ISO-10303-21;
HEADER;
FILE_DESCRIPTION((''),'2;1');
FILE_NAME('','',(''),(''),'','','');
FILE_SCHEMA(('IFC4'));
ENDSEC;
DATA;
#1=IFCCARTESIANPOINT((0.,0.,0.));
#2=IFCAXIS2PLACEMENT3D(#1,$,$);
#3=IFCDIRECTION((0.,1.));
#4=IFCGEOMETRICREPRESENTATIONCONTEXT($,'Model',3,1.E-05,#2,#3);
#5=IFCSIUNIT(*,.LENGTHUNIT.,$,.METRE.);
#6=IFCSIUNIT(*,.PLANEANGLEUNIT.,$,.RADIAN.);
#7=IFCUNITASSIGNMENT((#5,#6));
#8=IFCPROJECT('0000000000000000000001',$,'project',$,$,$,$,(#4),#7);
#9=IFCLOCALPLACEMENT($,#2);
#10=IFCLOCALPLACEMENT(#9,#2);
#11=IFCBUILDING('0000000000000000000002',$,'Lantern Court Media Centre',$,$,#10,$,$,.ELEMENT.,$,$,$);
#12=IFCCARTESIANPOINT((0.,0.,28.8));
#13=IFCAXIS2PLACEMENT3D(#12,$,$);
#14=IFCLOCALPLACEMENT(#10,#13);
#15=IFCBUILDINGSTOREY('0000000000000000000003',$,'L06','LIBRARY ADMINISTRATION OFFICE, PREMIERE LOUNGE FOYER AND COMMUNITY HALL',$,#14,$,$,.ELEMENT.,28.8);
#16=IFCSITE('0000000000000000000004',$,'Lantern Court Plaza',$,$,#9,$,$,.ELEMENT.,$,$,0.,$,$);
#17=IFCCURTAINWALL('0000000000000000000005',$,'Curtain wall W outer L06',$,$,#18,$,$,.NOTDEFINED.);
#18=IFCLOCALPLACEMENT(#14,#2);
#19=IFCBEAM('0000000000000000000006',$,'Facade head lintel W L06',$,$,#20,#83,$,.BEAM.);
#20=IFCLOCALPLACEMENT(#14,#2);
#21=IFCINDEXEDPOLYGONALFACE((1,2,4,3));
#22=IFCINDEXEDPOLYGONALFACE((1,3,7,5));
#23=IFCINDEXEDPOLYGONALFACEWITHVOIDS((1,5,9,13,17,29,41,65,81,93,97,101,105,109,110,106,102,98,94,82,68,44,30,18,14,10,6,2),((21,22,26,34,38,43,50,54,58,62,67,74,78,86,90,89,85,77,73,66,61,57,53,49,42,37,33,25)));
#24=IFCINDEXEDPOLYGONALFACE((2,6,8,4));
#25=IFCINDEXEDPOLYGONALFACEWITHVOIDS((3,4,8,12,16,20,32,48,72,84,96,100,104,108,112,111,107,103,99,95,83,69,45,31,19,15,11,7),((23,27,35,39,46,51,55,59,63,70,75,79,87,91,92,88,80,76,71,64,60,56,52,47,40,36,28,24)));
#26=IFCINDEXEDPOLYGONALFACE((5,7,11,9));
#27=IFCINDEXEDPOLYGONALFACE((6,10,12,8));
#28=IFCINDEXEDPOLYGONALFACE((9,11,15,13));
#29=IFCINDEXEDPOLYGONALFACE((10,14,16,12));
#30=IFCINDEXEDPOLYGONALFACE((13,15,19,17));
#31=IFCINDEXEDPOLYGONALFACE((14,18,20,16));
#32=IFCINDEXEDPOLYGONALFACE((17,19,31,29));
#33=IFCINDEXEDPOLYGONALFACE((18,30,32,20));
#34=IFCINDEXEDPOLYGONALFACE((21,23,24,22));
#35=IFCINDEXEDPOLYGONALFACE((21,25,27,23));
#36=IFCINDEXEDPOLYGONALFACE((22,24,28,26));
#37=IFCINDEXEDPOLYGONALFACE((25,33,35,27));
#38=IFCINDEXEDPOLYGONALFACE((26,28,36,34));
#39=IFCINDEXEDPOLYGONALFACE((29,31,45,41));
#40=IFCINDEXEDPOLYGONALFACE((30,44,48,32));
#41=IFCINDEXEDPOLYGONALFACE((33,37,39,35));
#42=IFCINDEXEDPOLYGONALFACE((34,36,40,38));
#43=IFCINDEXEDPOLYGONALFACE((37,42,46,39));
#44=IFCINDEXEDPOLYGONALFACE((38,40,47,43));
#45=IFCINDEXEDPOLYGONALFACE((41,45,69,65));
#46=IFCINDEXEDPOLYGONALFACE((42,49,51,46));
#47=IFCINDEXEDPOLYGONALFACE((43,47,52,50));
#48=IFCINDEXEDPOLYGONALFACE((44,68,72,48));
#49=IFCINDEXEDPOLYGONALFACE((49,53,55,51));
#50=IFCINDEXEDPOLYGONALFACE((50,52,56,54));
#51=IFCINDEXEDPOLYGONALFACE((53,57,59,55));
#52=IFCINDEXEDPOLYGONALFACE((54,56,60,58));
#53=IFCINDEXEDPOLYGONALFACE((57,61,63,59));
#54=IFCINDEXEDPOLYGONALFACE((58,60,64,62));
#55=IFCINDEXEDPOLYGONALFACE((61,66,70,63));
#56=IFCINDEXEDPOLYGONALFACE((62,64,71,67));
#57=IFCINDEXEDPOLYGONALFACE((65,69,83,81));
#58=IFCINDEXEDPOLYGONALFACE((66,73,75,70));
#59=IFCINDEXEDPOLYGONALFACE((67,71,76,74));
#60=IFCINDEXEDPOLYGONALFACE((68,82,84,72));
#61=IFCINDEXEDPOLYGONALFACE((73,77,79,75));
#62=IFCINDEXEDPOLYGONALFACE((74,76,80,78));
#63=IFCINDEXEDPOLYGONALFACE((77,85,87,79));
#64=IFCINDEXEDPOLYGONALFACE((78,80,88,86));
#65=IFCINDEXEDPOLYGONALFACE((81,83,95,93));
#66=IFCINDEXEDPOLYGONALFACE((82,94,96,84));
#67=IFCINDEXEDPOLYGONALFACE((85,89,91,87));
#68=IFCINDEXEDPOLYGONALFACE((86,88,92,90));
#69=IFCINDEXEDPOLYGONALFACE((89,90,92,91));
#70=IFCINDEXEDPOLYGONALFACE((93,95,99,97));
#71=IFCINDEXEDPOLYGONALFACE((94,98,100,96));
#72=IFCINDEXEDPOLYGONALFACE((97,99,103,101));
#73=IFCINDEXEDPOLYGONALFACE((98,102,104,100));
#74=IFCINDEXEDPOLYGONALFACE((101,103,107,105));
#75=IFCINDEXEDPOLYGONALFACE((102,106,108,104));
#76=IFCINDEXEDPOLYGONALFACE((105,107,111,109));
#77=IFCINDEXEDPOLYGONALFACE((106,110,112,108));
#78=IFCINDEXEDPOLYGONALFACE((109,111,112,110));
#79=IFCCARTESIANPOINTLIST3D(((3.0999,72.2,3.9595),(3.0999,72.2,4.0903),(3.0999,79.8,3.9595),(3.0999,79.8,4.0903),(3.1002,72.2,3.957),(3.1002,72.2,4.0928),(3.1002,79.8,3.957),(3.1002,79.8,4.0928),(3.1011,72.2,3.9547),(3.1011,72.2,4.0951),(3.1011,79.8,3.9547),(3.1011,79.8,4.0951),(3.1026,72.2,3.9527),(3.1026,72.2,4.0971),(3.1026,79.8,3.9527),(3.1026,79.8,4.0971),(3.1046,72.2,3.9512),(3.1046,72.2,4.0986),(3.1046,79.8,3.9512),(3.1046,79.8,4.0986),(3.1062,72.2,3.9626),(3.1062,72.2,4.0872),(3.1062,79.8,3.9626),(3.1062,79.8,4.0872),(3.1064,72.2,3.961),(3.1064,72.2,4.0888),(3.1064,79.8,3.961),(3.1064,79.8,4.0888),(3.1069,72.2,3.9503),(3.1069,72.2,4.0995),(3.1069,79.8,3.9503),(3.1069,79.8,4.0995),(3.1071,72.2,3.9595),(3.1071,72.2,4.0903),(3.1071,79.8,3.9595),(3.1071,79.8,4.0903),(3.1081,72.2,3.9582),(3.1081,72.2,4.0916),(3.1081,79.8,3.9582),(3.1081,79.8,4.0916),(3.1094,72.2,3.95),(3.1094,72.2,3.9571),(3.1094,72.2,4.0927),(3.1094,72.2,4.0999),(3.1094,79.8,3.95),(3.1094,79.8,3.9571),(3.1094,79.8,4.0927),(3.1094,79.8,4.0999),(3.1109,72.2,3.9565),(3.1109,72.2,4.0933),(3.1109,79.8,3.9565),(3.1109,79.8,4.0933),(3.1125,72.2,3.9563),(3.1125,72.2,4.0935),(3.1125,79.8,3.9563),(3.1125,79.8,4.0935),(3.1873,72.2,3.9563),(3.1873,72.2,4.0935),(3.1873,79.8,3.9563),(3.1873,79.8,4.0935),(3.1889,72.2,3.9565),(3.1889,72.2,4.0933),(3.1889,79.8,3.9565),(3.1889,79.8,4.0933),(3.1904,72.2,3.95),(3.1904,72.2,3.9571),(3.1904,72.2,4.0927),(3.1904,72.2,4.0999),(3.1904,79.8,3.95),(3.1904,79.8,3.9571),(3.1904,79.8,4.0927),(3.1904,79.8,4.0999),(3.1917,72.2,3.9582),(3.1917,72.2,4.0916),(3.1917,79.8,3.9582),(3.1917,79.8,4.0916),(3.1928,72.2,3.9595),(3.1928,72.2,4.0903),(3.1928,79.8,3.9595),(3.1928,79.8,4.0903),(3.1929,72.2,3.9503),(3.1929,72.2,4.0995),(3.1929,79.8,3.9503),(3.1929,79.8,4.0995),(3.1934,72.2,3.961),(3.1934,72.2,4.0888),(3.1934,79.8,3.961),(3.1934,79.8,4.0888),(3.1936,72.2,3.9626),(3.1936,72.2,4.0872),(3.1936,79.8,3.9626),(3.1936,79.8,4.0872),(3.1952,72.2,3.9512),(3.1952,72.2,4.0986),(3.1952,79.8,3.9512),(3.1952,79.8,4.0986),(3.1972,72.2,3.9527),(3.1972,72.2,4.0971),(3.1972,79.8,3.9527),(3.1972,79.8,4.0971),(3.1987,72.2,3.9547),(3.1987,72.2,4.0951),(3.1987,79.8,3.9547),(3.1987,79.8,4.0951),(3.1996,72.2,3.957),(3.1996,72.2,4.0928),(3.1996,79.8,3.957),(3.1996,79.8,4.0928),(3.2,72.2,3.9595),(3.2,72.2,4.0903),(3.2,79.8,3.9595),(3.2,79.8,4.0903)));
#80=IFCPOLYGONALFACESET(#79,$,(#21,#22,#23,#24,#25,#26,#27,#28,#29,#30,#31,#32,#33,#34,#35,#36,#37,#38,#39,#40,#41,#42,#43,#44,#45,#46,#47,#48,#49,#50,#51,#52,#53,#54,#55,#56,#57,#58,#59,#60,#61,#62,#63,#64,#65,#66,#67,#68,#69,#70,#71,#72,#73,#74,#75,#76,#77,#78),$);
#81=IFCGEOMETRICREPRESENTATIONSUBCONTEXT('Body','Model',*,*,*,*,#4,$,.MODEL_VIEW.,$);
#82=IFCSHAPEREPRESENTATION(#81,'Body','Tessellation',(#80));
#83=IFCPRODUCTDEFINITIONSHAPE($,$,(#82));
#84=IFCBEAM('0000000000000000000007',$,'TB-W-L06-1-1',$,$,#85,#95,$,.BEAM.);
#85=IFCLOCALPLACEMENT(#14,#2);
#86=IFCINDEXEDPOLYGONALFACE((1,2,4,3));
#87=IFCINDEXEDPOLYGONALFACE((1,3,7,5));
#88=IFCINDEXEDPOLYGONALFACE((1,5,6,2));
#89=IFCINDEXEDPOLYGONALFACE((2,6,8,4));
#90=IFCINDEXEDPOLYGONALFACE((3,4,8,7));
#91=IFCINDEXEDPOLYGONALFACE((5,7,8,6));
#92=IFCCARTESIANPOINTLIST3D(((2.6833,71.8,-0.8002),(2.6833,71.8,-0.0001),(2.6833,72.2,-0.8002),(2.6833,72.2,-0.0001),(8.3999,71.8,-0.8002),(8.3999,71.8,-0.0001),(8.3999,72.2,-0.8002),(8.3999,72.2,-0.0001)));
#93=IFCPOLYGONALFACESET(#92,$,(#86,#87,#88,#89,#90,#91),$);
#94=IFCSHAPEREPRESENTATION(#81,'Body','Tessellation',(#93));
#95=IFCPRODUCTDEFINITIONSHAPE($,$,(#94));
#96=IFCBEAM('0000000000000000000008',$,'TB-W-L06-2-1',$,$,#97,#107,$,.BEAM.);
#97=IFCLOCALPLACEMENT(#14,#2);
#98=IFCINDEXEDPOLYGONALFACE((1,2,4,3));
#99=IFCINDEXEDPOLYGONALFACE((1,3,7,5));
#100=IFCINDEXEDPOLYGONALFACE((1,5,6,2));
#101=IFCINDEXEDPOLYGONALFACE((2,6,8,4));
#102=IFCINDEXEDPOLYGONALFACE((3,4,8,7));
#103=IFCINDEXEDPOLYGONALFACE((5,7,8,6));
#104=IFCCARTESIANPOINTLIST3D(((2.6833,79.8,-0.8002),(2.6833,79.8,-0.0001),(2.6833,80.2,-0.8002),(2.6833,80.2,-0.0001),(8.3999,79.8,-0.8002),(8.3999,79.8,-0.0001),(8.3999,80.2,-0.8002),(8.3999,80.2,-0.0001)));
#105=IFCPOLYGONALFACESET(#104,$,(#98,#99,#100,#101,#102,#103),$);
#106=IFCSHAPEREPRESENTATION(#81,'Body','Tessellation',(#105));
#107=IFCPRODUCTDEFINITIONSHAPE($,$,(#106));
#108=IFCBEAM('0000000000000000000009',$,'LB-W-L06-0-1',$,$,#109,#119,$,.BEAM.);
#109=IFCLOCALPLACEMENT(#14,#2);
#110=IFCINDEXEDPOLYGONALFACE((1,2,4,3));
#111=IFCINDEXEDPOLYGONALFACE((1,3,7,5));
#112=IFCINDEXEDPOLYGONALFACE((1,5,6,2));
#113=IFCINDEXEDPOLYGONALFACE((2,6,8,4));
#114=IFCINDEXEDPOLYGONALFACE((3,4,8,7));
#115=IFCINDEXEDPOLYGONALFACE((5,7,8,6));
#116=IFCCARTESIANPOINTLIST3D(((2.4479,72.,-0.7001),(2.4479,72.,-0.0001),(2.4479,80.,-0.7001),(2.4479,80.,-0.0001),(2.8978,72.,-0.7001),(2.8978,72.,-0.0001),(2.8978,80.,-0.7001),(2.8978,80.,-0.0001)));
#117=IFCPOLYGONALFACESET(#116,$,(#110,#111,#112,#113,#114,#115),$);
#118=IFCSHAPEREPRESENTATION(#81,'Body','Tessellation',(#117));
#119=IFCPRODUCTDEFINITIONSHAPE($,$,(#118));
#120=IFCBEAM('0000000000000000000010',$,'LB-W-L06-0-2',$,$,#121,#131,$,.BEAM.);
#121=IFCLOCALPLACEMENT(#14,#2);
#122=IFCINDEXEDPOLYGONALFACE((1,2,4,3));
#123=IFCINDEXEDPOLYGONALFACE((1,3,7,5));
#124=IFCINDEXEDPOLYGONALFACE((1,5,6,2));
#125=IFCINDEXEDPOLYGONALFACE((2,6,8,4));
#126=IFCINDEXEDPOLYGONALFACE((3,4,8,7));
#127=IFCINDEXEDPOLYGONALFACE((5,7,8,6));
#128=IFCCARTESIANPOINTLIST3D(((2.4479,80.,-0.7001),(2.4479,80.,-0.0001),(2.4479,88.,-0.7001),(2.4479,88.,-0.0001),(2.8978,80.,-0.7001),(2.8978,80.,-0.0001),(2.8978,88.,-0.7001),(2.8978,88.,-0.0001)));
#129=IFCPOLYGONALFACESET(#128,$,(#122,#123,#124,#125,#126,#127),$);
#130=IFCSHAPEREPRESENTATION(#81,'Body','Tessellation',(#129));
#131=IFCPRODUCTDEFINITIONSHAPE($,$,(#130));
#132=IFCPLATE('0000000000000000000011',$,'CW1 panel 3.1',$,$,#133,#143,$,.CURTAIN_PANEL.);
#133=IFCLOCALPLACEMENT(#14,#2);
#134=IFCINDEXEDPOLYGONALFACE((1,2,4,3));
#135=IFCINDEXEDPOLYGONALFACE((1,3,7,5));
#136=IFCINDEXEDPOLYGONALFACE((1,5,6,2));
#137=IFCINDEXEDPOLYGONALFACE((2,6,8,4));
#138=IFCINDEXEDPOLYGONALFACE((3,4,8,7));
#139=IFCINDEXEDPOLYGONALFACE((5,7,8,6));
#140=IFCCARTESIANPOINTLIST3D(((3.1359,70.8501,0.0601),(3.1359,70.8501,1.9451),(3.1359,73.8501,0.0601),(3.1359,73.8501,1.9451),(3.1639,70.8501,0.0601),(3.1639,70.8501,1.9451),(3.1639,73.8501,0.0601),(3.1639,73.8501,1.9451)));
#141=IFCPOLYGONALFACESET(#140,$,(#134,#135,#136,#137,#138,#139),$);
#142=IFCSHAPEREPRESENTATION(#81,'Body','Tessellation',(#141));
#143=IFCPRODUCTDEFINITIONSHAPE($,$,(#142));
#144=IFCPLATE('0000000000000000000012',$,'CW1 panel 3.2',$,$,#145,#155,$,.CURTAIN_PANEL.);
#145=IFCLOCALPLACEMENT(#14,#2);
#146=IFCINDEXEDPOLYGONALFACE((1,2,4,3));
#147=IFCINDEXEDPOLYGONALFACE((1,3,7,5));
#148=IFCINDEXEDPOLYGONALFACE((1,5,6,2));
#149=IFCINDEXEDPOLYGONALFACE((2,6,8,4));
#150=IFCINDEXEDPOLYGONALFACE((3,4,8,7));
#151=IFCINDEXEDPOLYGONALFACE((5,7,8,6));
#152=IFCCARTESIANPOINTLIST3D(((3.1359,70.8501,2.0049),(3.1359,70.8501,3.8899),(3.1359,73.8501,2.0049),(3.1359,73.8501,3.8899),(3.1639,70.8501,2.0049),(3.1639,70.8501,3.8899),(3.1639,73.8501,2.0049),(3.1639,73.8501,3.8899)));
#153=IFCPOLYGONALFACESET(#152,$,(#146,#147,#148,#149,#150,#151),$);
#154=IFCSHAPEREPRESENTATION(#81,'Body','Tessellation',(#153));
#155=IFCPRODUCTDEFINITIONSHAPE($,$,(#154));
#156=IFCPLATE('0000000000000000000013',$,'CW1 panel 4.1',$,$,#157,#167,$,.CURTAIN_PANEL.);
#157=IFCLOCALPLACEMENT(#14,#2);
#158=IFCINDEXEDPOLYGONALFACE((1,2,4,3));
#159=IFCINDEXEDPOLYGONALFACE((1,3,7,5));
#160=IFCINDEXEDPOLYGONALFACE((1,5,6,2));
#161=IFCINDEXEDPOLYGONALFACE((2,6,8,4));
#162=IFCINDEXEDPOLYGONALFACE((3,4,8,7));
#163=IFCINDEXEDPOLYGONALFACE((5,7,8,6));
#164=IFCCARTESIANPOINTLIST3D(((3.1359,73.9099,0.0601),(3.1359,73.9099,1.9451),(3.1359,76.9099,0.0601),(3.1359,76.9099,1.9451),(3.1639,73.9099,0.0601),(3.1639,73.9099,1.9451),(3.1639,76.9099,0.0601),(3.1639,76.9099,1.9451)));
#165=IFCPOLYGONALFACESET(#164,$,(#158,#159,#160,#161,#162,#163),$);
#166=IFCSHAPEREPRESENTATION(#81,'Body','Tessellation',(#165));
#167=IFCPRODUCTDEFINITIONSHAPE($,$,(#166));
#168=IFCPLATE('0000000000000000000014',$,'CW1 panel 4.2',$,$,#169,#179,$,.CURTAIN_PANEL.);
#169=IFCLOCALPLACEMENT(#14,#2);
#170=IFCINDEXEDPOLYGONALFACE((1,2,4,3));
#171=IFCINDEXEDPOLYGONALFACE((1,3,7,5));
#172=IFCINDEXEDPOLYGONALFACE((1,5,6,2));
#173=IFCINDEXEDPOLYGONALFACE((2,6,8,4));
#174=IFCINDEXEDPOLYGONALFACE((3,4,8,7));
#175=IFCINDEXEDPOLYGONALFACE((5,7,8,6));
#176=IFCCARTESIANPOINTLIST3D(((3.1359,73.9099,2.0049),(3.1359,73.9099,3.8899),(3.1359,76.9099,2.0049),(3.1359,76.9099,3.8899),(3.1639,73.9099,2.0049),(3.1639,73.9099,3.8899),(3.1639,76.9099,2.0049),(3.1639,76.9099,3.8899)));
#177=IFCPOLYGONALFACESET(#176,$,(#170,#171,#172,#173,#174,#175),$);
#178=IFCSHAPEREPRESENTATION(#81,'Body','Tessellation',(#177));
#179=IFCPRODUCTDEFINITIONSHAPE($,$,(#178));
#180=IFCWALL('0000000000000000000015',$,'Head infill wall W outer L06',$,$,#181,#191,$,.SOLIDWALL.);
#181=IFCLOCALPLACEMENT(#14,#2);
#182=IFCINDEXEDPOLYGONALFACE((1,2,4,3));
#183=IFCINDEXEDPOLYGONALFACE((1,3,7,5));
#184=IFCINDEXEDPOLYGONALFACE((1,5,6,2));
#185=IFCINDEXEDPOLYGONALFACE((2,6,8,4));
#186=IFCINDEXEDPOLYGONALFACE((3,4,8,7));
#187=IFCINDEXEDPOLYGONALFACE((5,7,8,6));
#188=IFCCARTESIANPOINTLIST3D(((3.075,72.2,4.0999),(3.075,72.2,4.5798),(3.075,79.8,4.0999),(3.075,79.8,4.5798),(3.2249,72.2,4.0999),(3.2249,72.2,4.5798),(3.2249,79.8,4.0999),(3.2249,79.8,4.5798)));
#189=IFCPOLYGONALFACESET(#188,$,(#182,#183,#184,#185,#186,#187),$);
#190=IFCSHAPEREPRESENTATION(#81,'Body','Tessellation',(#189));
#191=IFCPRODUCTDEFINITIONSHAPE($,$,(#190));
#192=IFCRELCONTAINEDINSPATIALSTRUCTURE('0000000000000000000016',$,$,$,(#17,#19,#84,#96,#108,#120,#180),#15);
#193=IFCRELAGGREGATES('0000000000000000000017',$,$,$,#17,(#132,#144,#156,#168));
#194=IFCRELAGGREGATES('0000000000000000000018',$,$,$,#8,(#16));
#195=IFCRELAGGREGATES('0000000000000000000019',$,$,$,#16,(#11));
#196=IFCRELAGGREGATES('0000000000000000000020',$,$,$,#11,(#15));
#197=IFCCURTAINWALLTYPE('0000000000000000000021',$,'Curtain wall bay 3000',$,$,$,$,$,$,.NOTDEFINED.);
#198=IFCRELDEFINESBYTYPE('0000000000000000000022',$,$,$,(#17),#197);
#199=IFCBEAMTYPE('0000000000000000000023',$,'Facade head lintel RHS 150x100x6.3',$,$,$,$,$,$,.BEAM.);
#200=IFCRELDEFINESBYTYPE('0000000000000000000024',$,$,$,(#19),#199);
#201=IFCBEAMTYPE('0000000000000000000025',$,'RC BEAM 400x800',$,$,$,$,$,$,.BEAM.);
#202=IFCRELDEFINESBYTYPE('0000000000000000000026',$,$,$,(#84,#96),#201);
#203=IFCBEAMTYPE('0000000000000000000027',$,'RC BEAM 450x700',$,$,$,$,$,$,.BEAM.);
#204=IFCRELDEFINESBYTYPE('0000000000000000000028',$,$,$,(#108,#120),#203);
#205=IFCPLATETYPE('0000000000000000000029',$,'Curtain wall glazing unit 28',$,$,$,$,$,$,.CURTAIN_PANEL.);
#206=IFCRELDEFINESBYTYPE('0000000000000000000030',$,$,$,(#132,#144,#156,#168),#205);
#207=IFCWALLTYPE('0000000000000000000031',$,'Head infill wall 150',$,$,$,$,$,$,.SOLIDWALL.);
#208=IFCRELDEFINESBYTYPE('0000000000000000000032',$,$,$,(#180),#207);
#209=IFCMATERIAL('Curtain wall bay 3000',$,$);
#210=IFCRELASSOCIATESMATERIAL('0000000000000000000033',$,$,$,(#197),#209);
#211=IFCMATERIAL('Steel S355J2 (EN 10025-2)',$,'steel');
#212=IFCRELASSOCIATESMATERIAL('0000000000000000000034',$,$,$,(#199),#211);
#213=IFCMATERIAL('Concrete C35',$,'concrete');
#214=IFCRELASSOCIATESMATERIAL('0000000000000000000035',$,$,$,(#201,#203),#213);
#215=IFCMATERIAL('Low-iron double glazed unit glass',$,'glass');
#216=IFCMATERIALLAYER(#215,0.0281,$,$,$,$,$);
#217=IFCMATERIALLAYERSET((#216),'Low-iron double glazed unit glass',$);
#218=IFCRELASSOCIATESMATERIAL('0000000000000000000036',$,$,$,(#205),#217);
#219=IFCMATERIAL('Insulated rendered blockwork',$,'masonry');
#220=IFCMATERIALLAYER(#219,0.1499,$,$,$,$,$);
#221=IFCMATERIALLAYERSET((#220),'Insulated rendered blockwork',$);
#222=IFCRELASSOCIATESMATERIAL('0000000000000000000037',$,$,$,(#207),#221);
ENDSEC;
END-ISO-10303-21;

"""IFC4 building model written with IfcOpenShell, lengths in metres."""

from ifc_helpers import new_model, si_unit, direction, frame, frame_2d, origin, origin_2d, place, context, subcontext, project, spatial, rectangle, hollow_rectangle, extrude, material, layer, layer_set, material_profile, profile_set, type_object, element, aggregate, save


model = new_model("IFC4")

# Units and contexts
model_context = context("Model", 3, precision=1e-05, world=origin(), true_north=direction((0.0, 1.0)))
body_context = subcontext(model_context, "Body", "Model", "MODEL_VIEW")
ifc_project = project(units=[si_unit("LENGTHUNIT", "METRE"), si_unit("PLANEANGLEUNIT", "RADIAN")], contexts=[model_context])

# Site, building, storey
site_placement = place(None, origin())
site = spatial("IfcSite", under=ifc_project, at=site_placement, Name="Lantern Court Plaza", CompositionType="ELEMENT", RefElevation=0.0)
building_placement = place(site_placement, origin())
building = spatial("IfcBuilding", under=site, at=building_placement, Name="Lantern Court Media Centre", CompositionType="ELEMENT")
storey_placement = place(building_placement, frame((0.0, 0.0, 28.8)))
storey = spatial("IfcBuildingStorey", under=building, at=storey_placement, Name="L06", Description="LIBRARY ADMINISTRATION OFFICE, PREMIERE LOUNGE FOYER AND COMMUNITY HALL", CompositionType="ELEMENT", Elevation=28.8)

# Shared definitions
ifc_material_1 = material(Name="Concrete C35", Category="concrete")

# Curtain wall
ifc_material_2 = material(Name="Curtain wall bay 3000")
curtain_wall_type = type_object("IfcCurtainWallType", Name="Curtain wall bay 3000", PredefinedType="NOTDEFINED", material=ifc_material_2)
curtain_wall_placement = place(storey_placement, origin())
curtain_wall = element("IfcCurtainWall", 1, at=curtain_wall_placement, inside=storey, type_object=curtain_wall_type, Name="Curtain wall W outer L06", PredefinedType="NOTDEFINED")

# Beams
ifc_material_3 = material(Name="Steel S355J2 (EN 10025-2)", Category="steel")
ifc_material_profile_1 = material_profile(ifc_material_3, hollow_rectangle(XDim=0.1001, YDim=0.1499, WallThickness=0.0063, InnerFilletRadius=0.0063, OuterFilletRadius=0.0095, at=origin_2d()), Name="Facade head lintel RHS 150x100x6.3")
ifc_profile_set_1 = profile_set([ifc_material_profile_1], Name="Steel S355J2 (EN 10025-2)")
beam_type_1 = type_object("IfcBeamType", Name="Facade head lintel RHS 150x100x6.3", PredefinedType="BEAM", material=ifc_profile_set_1)
beam_placement = place(storey_placement, frame((3.1499, 72.2, 4.0249), z_axis=(0.0, 1.0, 0.0), x_axis=(-1.0, 0.0, 0.0)))
element("IfcBeam", 2, at=beam_placement, inside=storey, type_object=beam_type_1, Name="Facade head lintel W L06", PredefinedType="BEAM", context=body_context, shape_type="SweptSolid", body=[
    extrude(hollow_rectangle(XDim=0.1001, YDim=0.1499, WallThickness=0.0063, InnerFilletRadius=0.0063, OuterFilletRadius=0.0095, at=origin_2d()), origin(), (0.0, 0.0, 1.0), 7.6001),
])
ifc_material_profile_2 = material_profile(ifc_material_1, rectangle(XDim=0.3999, YDim=0.8, at=origin_2d()), Name="RC 400x800")
ifc_profile_set_2 = profile_set([ifc_material_profile_2], Name="Concrete C35")
beam_type_2 = type_object("IfcBeamType", Name="RC BEAM 400x800", PredefinedType="BEAM", material=ifc_profile_set_2)
for number, where, z_axis, x_axis, name in (
    (3, (2.6833, 72.0, -0.4001), (1.0, 0.0, 0.0), (0.0, 1.0, 0.0), "TB-W-L06-1-1"),
    (4, (2.6833, 80.0, -0.4001), (1.0, 0.0, 0.0), (0.0, 1.0, 0.0), "TB-W-L06-2-1"),
):
    element("IfcBeam", number, at=place(storey_placement, frame(where, z_axis=z_axis, x_axis=x_axis)), inside=storey, type_object=beam_type_2, Name=name, PredefinedType="BEAM", context=body_context, shape_type="SweptSolid", body=[
        extrude(rectangle(XDim=0.3999, YDim=0.8, at=origin_2d()), origin(), (0.0, 0.0, 1.0), 5.7166),
    ])
ifc_material_profile_3 = material_profile(ifc_material_1, rectangle(XDim=0.45, YDim=0.7, at=origin_2d()), Name="RC 450x700")
ifc_profile_set_3 = profile_set([ifc_material_profile_3], Name="Concrete C35")
beam_type_3 = type_object("IfcBeamType", Name="RC BEAM 450x700", PredefinedType="BEAM", material=ifc_profile_set_3)
for number, where, z_axis, x_axis, name in (
    (5, (2.6729, 72.0, -0.3501), (0.0, 1.0, 0.0), (-1.0, 0.0, 0.0), "LB-W-L06-0-1"),
    (6, (2.6729, 80.0, -0.3501), (0.0, 1.0, 0.0), (-1.0, 0.0, 0.0), "LB-W-L06-0-2"),
):
    element("IfcBeam", number, at=place(storey_placement, frame(where, z_axis=z_axis, x_axis=x_axis)), inside=storey, type_object=beam_type_3, Name=name, PredefinedType="BEAM", context=body_context, shape_type="SweptSolid", body=[
        extrude(rectangle(XDim=0.45, YDim=0.7, at=origin_2d()), origin(), (0.0, 0.0, 1.0), 8.0),
    ])

# Plates
ifc_material_4 = material(Name="Low-iron double glazed unit glass", Category="glass")
ifc_layer_1 = layer(ifc_material_4, 0.0281)
ifc_layer_set_1 = layer_set([ifc_layer_1], Name="Low-iron double glazed unit glass")
plate_type = type_object("IfcPlateType", Name="Curtain wall glazing unit 28", PredefinedType="CURTAIN_PANEL", material=ifc_layer_set_1)
plate_1_placement = place(storey_placement, frame((3.1499, 72.3501, 0.0601), z_axis=(0.0, 0.0, 1.0), x_axis=(0.0, 1.0, 0.0)))
plate_1 = element("IfcPlate", 7, at=plate_1_placement, type_object=plate_type, Name="CW1 panel 3.1", PredefinedType="CURTAIN_PANEL", context=body_context, shape_type="SweptSolid", body=[
    extrude(rectangle(XDim=3.0, YDim=0.0281, at=origin_2d()), origin(), (0.0, 0.0, 1.0), 1.885),
])
plate_2_placement = place(storey_placement, frame((3.1499, 72.3501, 2.0049), z_axis=(0.0, 0.0, 1.0), x_axis=(0.0, 1.0, 0.0)))
plate_2 = element("IfcPlate", 8, at=plate_2_placement, type_object=plate_type, Name="CW1 panel 3.2", PredefinedType="CURTAIN_PANEL", context=body_context, shape_type="SweptSolid", body=[
    extrude(rectangle(XDim=3.0, YDim=0.0281, at=origin_2d()), origin(), (0.0, 0.0, 1.0), 1.885),
])
plate_3_placement = place(storey_placement, frame((3.1499, 75.4099, 0.0601), z_axis=(0.0, 0.0, 1.0), x_axis=(0.0, 1.0, 0.0)))
plate_3 = element("IfcPlate", 9, at=plate_3_placement, type_object=plate_type, Name="CW1 panel 4.1", PredefinedType="CURTAIN_PANEL", context=body_context, shape_type="SweptSolid", body=[
    extrude(rectangle(XDim=3.0, YDim=0.0281, at=origin_2d()), origin(), (0.0, 0.0, 1.0), 1.885),
])
plate_4_placement = place(storey_placement, frame((3.1499, 75.4099, 2.0049), z_axis=(0.0, 0.0, 1.0), x_axis=(0.0, 1.0, 0.0)))
plate_4 = element("IfcPlate", 10, at=plate_4_placement, type_object=plate_type, Name="CW1 panel 4.2", PredefinedType="CURTAIN_PANEL", context=body_context, shape_type="SweptSolid", body=[
    extrude(rectangle(XDim=3.0, YDim=0.0281, at=origin_2d()), origin(), (0.0, 0.0, 1.0), 1.885),
])
aggregate(curtain_wall, [plate_1, plate_2, plate_3, plate_4])

# Wall
ifc_material_5 = material(Name="Insulated rendered blockwork", Category="masonry")
ifc_layer_2 = layer(ifc_material_5, 0.1499)
ifc_layer_set_2 = layer_set([ifc_layer_2], Name="Insulated rendered blockwork")
wall_type = type_object("IfcWallType", Name="Head infill wall 150", PredefinedType="SOLIDWALL", material=ifc_layer_set_2)
wall_placement = place(storey_placement, frame((3.1499, 72.2, 4.0999), z_axis=(0.0, 0.0, 1.0), x_axis=(0.0, 1.0, 0.0)))
element("IfcWall", 11, at=wall_placement, inside=storey, type_object=wall_type, Name="Head infill wall W outer L06", PredefinedType="SOLIDWALL", context=body_context, shape_type="SweptSolid", body=[
    extrude(rectangle(XDim=7.6001, YDim=0.1499, at=frame_2d((3.8, 0.0))), origin(), (0.0, 0.0, 1.0), 0.48),
])

save(model, "model.ifc")
